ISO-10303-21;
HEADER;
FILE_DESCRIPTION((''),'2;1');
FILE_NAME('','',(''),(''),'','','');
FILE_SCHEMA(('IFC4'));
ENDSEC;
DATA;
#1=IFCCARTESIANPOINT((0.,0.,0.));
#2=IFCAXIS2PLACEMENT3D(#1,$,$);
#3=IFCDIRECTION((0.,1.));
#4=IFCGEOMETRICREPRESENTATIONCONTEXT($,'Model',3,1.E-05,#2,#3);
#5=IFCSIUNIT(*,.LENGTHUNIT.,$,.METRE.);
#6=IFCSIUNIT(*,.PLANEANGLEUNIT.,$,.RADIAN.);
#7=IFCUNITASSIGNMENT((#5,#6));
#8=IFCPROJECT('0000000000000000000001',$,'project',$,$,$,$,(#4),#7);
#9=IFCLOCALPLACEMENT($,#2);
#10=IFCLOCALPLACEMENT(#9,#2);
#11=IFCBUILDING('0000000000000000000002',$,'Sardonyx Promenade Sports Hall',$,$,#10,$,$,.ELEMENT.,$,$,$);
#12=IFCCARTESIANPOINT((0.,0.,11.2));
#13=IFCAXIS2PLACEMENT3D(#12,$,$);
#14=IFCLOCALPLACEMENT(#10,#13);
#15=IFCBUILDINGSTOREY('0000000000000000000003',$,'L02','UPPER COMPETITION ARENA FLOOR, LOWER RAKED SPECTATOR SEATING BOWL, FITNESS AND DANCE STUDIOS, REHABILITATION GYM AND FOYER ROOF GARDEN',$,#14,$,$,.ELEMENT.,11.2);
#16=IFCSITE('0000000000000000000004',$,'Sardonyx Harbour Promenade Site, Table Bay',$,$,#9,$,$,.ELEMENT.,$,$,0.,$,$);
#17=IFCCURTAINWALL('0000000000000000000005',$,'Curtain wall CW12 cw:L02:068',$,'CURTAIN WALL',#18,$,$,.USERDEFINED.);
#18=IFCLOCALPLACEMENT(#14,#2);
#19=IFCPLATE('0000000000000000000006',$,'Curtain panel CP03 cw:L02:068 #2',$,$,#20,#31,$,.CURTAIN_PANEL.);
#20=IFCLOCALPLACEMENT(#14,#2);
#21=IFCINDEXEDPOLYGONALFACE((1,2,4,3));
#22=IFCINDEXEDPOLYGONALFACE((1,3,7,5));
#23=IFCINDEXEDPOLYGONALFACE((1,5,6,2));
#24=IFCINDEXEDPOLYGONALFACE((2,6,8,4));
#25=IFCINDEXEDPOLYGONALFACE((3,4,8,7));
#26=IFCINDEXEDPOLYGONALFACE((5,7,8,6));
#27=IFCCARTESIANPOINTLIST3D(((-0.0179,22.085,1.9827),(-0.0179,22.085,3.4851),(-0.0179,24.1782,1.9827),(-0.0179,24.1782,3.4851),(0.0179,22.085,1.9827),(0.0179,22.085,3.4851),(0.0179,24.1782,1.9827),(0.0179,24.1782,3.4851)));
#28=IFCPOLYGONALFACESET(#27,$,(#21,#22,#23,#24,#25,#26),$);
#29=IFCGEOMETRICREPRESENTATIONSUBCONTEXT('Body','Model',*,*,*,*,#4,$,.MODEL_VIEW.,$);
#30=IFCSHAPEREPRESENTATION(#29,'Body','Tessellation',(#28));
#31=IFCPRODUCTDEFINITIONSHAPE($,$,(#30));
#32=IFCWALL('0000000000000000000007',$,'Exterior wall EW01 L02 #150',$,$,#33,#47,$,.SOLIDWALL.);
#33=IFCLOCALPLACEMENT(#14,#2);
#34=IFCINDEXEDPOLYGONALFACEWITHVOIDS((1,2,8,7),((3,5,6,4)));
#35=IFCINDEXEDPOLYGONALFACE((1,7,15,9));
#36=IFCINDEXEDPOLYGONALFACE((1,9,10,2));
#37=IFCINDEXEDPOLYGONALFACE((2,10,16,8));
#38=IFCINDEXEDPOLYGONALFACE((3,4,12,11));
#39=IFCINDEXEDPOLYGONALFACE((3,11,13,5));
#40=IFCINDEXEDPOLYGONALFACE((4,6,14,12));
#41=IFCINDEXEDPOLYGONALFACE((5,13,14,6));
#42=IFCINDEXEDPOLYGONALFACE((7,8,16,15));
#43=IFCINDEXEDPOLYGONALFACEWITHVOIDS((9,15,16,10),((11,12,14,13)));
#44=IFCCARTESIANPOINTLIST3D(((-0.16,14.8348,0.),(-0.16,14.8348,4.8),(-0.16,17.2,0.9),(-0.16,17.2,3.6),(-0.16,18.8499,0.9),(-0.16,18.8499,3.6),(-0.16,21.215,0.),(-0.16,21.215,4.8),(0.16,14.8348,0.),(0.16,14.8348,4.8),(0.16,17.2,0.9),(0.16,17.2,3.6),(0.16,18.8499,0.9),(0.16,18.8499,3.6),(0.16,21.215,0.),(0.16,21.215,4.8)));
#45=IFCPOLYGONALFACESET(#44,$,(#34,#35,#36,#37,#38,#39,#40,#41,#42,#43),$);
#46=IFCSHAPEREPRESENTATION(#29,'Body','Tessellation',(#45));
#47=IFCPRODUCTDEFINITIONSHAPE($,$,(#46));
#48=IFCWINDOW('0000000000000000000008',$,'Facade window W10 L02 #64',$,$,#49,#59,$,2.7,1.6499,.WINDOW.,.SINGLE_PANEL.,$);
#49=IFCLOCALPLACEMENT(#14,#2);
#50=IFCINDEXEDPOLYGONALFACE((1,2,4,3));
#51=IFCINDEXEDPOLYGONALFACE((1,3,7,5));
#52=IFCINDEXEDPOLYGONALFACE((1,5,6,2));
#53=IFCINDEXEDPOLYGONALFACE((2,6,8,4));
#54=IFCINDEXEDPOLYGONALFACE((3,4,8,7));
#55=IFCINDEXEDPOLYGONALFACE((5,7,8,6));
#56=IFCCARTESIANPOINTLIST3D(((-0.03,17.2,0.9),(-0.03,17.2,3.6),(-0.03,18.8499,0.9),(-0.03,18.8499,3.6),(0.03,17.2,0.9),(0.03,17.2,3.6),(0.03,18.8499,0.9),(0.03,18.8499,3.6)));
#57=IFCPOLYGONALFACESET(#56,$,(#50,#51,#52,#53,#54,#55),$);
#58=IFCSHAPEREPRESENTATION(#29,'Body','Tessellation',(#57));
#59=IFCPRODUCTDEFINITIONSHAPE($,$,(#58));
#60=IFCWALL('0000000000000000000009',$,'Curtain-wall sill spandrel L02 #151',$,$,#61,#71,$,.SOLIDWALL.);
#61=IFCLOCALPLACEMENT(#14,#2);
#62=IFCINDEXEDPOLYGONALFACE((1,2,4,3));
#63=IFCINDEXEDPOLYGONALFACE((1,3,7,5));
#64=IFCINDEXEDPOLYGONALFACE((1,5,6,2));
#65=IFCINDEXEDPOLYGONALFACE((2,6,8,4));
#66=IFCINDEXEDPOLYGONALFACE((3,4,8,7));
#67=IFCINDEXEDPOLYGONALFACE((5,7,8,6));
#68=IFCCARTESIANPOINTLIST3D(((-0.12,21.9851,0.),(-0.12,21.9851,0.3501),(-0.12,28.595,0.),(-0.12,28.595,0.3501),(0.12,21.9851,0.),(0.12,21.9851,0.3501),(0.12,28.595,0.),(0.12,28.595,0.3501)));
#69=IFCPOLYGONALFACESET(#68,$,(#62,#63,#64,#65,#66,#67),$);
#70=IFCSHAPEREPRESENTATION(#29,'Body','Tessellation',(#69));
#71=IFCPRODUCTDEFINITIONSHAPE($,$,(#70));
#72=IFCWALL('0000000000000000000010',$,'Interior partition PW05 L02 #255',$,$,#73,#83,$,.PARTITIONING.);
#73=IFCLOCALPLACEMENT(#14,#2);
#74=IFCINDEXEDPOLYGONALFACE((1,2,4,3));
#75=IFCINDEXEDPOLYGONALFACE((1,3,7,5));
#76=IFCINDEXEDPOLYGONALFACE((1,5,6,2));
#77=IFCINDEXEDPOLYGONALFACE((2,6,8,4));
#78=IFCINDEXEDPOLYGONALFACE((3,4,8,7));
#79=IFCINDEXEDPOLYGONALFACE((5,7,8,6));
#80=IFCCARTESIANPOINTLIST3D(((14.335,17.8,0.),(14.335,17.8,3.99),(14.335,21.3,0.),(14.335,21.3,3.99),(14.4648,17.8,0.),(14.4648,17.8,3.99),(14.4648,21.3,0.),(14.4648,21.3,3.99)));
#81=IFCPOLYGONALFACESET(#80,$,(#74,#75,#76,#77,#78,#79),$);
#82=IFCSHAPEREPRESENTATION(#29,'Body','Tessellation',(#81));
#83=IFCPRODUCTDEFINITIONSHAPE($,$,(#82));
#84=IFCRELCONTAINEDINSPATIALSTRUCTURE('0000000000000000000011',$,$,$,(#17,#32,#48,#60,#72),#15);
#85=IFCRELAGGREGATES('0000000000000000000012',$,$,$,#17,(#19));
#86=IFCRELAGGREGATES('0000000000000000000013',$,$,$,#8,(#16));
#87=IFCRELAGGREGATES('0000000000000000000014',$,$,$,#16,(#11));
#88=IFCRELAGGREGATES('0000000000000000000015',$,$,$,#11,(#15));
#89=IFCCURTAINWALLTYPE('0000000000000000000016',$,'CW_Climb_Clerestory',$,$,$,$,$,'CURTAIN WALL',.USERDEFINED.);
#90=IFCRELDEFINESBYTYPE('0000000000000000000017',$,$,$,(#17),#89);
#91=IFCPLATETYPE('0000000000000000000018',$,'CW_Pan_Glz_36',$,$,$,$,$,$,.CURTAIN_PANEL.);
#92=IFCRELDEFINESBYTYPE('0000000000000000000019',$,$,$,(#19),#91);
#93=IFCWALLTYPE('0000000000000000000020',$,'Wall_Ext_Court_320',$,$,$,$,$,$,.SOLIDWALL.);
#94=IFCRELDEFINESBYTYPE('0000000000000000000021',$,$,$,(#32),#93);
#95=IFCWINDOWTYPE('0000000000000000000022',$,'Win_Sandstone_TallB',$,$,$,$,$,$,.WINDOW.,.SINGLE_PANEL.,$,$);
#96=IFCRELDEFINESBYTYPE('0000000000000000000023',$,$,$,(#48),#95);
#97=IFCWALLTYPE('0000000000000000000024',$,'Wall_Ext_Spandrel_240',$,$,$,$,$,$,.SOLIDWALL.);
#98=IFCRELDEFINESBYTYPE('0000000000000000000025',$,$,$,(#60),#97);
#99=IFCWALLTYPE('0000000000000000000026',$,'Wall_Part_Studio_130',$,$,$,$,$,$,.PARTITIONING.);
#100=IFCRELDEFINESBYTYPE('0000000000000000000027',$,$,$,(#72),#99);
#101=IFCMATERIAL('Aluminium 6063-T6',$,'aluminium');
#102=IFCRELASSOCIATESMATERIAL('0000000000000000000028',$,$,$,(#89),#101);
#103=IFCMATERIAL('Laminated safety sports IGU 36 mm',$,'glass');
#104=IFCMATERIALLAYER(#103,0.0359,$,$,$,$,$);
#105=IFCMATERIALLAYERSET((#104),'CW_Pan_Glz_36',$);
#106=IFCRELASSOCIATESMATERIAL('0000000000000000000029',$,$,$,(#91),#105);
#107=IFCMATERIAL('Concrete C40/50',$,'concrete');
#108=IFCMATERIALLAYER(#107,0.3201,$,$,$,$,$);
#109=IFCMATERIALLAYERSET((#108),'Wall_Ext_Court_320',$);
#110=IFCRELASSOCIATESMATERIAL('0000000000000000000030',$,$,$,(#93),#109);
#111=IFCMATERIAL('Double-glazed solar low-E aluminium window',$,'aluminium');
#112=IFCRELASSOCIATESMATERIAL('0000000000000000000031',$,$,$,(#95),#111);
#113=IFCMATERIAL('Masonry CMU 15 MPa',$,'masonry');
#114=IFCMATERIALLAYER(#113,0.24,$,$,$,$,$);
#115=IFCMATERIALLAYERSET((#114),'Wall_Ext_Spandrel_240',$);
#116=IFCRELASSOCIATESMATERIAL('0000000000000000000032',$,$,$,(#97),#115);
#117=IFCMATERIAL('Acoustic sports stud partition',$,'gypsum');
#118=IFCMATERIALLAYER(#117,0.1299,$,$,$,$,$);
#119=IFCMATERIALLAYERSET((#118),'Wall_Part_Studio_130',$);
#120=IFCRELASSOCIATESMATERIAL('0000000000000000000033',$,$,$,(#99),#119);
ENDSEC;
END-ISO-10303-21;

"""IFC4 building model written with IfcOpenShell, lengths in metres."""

from ifc_helpers import new_model, si_unit, direction, frame, frame_2d, origin, origin_2d, place, context, subcontext, project, spatial, rectangle, extrude, material, layer, layer_set, type_object, element, fill, aggregate, save


model = new_model("IFC4")

# Units and contexts
model_context = context("Model", 3, precision=1e-05, world=origin(), true_north=direction((0.0, 1.0)))
body_context = subcontext(model_context, "Body", "Model", "MODEL_VIEW")
ifc_project = project(units=[si_unit("LENGTHUNIT", "METRE"), si_unit("PLANEANGLEUNIT", "RADIAN")], contexts=[model_context])

# Site, building, storey
site_placement = place(None, origin())
site = spatial("IfcSite", under=ifc_project, at=site_placement, Name="Sardonyx Harbour Promenade Site, Table Bay", CompositionType="ELEMENT", RefElevation=0.0)
building_placement = place(site_placement, origin())
building = spatial("IfcBuilding", under=site, at=building_placement, Name="Sardonyx Promenade Sports Hall", CompositionType="ELEMENT")
storey_placement = place(building_placement, frame((0.0, 0.0, 11.2)))
storey = spatial("IfcBuildingStorey", under=building, at=storey_placement, Name="L02", Description="UPPER COMPETITION ARENA FLOOR, LOWER RAKED SPECTATOR SEATING BOWL, FITNESS AND DANCE STUDIOS, REHABILITATION GYM AND FOYER ROOF GARDEN", CompositionType="ELEMENT", Elevation=11.2)

# Curtain wall, plate
ifc_material_1 = material(Name="Aluminium 6063-T6", Category="aluminium")
curtain_wall_type = type_object("IfcCurtainWallType", Name="CW_Climb_Clerestory", ElementType="CURTAIN WALL", PredefinedType="USERDEFINED", material=ifc_material_1)
curtain_wall_placement = place(storey_placement, origin())
curtain_wall = element("IfcCurtainWall", 1, at=curtain_wall_placement, inside=storey, type_object=curtain_wall_type, Name="Curtain wall CW12 cw:L02:068", ObjectType="CURTAIN WALL", PredefinedType="USERDEFINED")
ifc_material_2 = material(Name="Laminated safety sports IGU 36 mm", Category="glass")
ifc_layer_1 = layer(ifc_material_2, 0.0359)
ifc_layer_set_1 = layer_set([ifc_layer_1], Name="CW_Pan_Glz_36")
plate_type = type_object("IfcPlateType", Name="CW_Pan_Glz_36", PredefinedType="CURTAIN_PANEL", material=ifc_layer_set_1)
plate_1_placement = place(storey_placement, frame((0.0, 23.1316, 1.9827), z_axis=(0.0, 0.0, 1.0), x_axis=(0.0, 1.0, 0.0)))
plate_1 = element("IfcPlate", 2, at=plate_1_placement, type_object=plate_type, Name="Curtain panel CP03 cw:L02:068 #2", PredefinedType="CURTAIN_PANEL", context=body_context, shape_type="SweptSolid", body=[
    extrude(rectangle(XDim=2.0933, YDim=0.0359, at=origin_2d()), origin(), (0.0, 0.0, 1.0), 1.5024),
])
aggregate(curtain_wall, [plate_1])

# Wall, opening, window
ifc_material_3 = material(Name="Concrete C40/50", Category="concrete")
ifc_layer_2 = layer(ifc_material_3, 0.3201)
ifc_layer_set_2 = layer_set([ifc_layer_2], Name="Wall_Ext_Court_320")
wall_type_1 = type_object("IfcWallType", Name="Wall_Ext_Court_320", PredefinedType="SOLIDWALL", material=ifc_layer_set_2)
wall_1_placement = place(storey_placement, frame((0.0, 14.835, 0.0), z_axis=(0.0, 0.0, 1.0), x_axis=(0.0, 1.0, 0.0)))
wall_1 = element("IfcWall", 3, at=wall_1_placement, inside=storey, type_object=wall_type_1, Name="Exterior wall EW01 L02 #150", PredefinedType="SOLIDWALL", context=body_context, shape_type="SweptSolid", body=[
    extrude(rectangle(XDim=6.3801, YDim=0.3201, at=frame_2d((3.1899, 0.0))), origin(), (0.0, 0.0, 1.0), 4.8),
])
opening_placement = place(wall_1_placement, frame((2.365, 0.0, 0.8999)))
opening = element("IfcOpeningElement", 4, at=opening_placement, cuts=wall_1, PredefinedType="OPENING", context=body_context, shape_type="SweptSolid", body=[
    extrude(rectangle(XDim=1.6499, YDim=2.7, at=frame_2d((0.825, 1.3501))), frame((0.0, 0.17, 0.0), z_axis=(0.0, -1.0, 0.0), x_axis=(1.0, 0.0, 0.0)), (0.0, 0.0, 1.0), 0.34),
])
ifc_material_4 = material(Name="Double-glazed solar low-E aluminium window", Category="aluminium")
window_type = type_object("IfcWindowType", Name="Win_Sandstone_TallB", PartitioningType="SINGLE_PANEL", PredefinedType="WINDOW", material=ifc_material_4)
window_placement = place(opening_placement, origin())
window = element("IfcWindow", 5, at=window_placement, inside=storey, type_object=window_type, Name="Facade window W10 L02 #64", OverallHeight=2.7, OverallWidth=1.6499, PartitioningType="SINGLE_PANEL", PredefinedType="WINDOW", context=body_context, shape_type="SweptSolid", body=[
    extrude(rectangle(XDim=1.6499, YDim=2.7, at=frame_2d((0.825, 1.3501))), frame((0.0, 0.03, 0.0), z_axis=(0.0, -1.0, 0.0), x_axis=(1.0, 0.0, 0.0)), (0.0, 0.0, 1.0), 0.0601),
])
fill(opening, window)

# Walls
ifc_material_5 = material(Name="Masonry CMU 15 MPa", Category="masonry")
ifc_layer_3 = layer(ifc_material_5, 0.24)
ifc_layer_set_3 = layer_set([ifc_layer_3], Name="Wall_Ext_Spandrel_240")
wall_type_2 = type_object("IfcWallType", Name="Wall_Ext_Spandrel_240", PredefinedType="SOLIDWALL", material=ifc_layer_set_3)
wall_2_placement = place(storey_placement, frame((0.0, 21.9851, 0.0), z_axis=(0.0, 0.0, 1.0), x_axis=(0.0, 1.0, 0.0)))
element("IfcWall", 6, at=wall_2_placement, inside=storey, type_object=wall_type_2, Name="Curtain-wall sill spandrel L02 #151", PredefinedType="SOLIDWALL", context=body_context, shape_type="SweptSolid", body=[
    extrude(rectangle(XDim=6.6099, YDim=0.24, at=frame_2d((3.3049, 0.0))), origin(), (0.0, 0.0, 1.0), 0.3501),
])
ifc_material_6 = material(Name="Acoustic sports stud partition", Category="gypsum")
ifc_layer_4 = layer(ifc_material_6, 0.1299)
ifc_layer_set_4 = layer_set([ifc_layer_4], Name="Wall_Part_Studio_130")
wall_type_3 = type_object("IfcWallType", Name="Wall_Part_Studio_130", PredefinedType="PARTITIONING", material=ifc_layer_set_4)
wall_3_placement = place(storey_placement, frame((14.3999, 17.8, 0.0), z_axis=(0.0, 0.0, 1.0), x_axis=(0.0, 1.0, 0.0)))
element("IfcWall", 7, at=wall_3_placement, inside=storey, type_object=wall_type_3, Name="Interior partition PW05 L02 #255", PredefinedType="PARTITIONING", context=body_context, shape_type="SweptSolid", body=[
    extrude(rectangle(XDim=3.5, YDim=0.1299, at=frame_2d((1.75, 0.0))), origin(), (0.0, 0.0, 1.0), 3.99),
])

save(model, "model.ifc")
